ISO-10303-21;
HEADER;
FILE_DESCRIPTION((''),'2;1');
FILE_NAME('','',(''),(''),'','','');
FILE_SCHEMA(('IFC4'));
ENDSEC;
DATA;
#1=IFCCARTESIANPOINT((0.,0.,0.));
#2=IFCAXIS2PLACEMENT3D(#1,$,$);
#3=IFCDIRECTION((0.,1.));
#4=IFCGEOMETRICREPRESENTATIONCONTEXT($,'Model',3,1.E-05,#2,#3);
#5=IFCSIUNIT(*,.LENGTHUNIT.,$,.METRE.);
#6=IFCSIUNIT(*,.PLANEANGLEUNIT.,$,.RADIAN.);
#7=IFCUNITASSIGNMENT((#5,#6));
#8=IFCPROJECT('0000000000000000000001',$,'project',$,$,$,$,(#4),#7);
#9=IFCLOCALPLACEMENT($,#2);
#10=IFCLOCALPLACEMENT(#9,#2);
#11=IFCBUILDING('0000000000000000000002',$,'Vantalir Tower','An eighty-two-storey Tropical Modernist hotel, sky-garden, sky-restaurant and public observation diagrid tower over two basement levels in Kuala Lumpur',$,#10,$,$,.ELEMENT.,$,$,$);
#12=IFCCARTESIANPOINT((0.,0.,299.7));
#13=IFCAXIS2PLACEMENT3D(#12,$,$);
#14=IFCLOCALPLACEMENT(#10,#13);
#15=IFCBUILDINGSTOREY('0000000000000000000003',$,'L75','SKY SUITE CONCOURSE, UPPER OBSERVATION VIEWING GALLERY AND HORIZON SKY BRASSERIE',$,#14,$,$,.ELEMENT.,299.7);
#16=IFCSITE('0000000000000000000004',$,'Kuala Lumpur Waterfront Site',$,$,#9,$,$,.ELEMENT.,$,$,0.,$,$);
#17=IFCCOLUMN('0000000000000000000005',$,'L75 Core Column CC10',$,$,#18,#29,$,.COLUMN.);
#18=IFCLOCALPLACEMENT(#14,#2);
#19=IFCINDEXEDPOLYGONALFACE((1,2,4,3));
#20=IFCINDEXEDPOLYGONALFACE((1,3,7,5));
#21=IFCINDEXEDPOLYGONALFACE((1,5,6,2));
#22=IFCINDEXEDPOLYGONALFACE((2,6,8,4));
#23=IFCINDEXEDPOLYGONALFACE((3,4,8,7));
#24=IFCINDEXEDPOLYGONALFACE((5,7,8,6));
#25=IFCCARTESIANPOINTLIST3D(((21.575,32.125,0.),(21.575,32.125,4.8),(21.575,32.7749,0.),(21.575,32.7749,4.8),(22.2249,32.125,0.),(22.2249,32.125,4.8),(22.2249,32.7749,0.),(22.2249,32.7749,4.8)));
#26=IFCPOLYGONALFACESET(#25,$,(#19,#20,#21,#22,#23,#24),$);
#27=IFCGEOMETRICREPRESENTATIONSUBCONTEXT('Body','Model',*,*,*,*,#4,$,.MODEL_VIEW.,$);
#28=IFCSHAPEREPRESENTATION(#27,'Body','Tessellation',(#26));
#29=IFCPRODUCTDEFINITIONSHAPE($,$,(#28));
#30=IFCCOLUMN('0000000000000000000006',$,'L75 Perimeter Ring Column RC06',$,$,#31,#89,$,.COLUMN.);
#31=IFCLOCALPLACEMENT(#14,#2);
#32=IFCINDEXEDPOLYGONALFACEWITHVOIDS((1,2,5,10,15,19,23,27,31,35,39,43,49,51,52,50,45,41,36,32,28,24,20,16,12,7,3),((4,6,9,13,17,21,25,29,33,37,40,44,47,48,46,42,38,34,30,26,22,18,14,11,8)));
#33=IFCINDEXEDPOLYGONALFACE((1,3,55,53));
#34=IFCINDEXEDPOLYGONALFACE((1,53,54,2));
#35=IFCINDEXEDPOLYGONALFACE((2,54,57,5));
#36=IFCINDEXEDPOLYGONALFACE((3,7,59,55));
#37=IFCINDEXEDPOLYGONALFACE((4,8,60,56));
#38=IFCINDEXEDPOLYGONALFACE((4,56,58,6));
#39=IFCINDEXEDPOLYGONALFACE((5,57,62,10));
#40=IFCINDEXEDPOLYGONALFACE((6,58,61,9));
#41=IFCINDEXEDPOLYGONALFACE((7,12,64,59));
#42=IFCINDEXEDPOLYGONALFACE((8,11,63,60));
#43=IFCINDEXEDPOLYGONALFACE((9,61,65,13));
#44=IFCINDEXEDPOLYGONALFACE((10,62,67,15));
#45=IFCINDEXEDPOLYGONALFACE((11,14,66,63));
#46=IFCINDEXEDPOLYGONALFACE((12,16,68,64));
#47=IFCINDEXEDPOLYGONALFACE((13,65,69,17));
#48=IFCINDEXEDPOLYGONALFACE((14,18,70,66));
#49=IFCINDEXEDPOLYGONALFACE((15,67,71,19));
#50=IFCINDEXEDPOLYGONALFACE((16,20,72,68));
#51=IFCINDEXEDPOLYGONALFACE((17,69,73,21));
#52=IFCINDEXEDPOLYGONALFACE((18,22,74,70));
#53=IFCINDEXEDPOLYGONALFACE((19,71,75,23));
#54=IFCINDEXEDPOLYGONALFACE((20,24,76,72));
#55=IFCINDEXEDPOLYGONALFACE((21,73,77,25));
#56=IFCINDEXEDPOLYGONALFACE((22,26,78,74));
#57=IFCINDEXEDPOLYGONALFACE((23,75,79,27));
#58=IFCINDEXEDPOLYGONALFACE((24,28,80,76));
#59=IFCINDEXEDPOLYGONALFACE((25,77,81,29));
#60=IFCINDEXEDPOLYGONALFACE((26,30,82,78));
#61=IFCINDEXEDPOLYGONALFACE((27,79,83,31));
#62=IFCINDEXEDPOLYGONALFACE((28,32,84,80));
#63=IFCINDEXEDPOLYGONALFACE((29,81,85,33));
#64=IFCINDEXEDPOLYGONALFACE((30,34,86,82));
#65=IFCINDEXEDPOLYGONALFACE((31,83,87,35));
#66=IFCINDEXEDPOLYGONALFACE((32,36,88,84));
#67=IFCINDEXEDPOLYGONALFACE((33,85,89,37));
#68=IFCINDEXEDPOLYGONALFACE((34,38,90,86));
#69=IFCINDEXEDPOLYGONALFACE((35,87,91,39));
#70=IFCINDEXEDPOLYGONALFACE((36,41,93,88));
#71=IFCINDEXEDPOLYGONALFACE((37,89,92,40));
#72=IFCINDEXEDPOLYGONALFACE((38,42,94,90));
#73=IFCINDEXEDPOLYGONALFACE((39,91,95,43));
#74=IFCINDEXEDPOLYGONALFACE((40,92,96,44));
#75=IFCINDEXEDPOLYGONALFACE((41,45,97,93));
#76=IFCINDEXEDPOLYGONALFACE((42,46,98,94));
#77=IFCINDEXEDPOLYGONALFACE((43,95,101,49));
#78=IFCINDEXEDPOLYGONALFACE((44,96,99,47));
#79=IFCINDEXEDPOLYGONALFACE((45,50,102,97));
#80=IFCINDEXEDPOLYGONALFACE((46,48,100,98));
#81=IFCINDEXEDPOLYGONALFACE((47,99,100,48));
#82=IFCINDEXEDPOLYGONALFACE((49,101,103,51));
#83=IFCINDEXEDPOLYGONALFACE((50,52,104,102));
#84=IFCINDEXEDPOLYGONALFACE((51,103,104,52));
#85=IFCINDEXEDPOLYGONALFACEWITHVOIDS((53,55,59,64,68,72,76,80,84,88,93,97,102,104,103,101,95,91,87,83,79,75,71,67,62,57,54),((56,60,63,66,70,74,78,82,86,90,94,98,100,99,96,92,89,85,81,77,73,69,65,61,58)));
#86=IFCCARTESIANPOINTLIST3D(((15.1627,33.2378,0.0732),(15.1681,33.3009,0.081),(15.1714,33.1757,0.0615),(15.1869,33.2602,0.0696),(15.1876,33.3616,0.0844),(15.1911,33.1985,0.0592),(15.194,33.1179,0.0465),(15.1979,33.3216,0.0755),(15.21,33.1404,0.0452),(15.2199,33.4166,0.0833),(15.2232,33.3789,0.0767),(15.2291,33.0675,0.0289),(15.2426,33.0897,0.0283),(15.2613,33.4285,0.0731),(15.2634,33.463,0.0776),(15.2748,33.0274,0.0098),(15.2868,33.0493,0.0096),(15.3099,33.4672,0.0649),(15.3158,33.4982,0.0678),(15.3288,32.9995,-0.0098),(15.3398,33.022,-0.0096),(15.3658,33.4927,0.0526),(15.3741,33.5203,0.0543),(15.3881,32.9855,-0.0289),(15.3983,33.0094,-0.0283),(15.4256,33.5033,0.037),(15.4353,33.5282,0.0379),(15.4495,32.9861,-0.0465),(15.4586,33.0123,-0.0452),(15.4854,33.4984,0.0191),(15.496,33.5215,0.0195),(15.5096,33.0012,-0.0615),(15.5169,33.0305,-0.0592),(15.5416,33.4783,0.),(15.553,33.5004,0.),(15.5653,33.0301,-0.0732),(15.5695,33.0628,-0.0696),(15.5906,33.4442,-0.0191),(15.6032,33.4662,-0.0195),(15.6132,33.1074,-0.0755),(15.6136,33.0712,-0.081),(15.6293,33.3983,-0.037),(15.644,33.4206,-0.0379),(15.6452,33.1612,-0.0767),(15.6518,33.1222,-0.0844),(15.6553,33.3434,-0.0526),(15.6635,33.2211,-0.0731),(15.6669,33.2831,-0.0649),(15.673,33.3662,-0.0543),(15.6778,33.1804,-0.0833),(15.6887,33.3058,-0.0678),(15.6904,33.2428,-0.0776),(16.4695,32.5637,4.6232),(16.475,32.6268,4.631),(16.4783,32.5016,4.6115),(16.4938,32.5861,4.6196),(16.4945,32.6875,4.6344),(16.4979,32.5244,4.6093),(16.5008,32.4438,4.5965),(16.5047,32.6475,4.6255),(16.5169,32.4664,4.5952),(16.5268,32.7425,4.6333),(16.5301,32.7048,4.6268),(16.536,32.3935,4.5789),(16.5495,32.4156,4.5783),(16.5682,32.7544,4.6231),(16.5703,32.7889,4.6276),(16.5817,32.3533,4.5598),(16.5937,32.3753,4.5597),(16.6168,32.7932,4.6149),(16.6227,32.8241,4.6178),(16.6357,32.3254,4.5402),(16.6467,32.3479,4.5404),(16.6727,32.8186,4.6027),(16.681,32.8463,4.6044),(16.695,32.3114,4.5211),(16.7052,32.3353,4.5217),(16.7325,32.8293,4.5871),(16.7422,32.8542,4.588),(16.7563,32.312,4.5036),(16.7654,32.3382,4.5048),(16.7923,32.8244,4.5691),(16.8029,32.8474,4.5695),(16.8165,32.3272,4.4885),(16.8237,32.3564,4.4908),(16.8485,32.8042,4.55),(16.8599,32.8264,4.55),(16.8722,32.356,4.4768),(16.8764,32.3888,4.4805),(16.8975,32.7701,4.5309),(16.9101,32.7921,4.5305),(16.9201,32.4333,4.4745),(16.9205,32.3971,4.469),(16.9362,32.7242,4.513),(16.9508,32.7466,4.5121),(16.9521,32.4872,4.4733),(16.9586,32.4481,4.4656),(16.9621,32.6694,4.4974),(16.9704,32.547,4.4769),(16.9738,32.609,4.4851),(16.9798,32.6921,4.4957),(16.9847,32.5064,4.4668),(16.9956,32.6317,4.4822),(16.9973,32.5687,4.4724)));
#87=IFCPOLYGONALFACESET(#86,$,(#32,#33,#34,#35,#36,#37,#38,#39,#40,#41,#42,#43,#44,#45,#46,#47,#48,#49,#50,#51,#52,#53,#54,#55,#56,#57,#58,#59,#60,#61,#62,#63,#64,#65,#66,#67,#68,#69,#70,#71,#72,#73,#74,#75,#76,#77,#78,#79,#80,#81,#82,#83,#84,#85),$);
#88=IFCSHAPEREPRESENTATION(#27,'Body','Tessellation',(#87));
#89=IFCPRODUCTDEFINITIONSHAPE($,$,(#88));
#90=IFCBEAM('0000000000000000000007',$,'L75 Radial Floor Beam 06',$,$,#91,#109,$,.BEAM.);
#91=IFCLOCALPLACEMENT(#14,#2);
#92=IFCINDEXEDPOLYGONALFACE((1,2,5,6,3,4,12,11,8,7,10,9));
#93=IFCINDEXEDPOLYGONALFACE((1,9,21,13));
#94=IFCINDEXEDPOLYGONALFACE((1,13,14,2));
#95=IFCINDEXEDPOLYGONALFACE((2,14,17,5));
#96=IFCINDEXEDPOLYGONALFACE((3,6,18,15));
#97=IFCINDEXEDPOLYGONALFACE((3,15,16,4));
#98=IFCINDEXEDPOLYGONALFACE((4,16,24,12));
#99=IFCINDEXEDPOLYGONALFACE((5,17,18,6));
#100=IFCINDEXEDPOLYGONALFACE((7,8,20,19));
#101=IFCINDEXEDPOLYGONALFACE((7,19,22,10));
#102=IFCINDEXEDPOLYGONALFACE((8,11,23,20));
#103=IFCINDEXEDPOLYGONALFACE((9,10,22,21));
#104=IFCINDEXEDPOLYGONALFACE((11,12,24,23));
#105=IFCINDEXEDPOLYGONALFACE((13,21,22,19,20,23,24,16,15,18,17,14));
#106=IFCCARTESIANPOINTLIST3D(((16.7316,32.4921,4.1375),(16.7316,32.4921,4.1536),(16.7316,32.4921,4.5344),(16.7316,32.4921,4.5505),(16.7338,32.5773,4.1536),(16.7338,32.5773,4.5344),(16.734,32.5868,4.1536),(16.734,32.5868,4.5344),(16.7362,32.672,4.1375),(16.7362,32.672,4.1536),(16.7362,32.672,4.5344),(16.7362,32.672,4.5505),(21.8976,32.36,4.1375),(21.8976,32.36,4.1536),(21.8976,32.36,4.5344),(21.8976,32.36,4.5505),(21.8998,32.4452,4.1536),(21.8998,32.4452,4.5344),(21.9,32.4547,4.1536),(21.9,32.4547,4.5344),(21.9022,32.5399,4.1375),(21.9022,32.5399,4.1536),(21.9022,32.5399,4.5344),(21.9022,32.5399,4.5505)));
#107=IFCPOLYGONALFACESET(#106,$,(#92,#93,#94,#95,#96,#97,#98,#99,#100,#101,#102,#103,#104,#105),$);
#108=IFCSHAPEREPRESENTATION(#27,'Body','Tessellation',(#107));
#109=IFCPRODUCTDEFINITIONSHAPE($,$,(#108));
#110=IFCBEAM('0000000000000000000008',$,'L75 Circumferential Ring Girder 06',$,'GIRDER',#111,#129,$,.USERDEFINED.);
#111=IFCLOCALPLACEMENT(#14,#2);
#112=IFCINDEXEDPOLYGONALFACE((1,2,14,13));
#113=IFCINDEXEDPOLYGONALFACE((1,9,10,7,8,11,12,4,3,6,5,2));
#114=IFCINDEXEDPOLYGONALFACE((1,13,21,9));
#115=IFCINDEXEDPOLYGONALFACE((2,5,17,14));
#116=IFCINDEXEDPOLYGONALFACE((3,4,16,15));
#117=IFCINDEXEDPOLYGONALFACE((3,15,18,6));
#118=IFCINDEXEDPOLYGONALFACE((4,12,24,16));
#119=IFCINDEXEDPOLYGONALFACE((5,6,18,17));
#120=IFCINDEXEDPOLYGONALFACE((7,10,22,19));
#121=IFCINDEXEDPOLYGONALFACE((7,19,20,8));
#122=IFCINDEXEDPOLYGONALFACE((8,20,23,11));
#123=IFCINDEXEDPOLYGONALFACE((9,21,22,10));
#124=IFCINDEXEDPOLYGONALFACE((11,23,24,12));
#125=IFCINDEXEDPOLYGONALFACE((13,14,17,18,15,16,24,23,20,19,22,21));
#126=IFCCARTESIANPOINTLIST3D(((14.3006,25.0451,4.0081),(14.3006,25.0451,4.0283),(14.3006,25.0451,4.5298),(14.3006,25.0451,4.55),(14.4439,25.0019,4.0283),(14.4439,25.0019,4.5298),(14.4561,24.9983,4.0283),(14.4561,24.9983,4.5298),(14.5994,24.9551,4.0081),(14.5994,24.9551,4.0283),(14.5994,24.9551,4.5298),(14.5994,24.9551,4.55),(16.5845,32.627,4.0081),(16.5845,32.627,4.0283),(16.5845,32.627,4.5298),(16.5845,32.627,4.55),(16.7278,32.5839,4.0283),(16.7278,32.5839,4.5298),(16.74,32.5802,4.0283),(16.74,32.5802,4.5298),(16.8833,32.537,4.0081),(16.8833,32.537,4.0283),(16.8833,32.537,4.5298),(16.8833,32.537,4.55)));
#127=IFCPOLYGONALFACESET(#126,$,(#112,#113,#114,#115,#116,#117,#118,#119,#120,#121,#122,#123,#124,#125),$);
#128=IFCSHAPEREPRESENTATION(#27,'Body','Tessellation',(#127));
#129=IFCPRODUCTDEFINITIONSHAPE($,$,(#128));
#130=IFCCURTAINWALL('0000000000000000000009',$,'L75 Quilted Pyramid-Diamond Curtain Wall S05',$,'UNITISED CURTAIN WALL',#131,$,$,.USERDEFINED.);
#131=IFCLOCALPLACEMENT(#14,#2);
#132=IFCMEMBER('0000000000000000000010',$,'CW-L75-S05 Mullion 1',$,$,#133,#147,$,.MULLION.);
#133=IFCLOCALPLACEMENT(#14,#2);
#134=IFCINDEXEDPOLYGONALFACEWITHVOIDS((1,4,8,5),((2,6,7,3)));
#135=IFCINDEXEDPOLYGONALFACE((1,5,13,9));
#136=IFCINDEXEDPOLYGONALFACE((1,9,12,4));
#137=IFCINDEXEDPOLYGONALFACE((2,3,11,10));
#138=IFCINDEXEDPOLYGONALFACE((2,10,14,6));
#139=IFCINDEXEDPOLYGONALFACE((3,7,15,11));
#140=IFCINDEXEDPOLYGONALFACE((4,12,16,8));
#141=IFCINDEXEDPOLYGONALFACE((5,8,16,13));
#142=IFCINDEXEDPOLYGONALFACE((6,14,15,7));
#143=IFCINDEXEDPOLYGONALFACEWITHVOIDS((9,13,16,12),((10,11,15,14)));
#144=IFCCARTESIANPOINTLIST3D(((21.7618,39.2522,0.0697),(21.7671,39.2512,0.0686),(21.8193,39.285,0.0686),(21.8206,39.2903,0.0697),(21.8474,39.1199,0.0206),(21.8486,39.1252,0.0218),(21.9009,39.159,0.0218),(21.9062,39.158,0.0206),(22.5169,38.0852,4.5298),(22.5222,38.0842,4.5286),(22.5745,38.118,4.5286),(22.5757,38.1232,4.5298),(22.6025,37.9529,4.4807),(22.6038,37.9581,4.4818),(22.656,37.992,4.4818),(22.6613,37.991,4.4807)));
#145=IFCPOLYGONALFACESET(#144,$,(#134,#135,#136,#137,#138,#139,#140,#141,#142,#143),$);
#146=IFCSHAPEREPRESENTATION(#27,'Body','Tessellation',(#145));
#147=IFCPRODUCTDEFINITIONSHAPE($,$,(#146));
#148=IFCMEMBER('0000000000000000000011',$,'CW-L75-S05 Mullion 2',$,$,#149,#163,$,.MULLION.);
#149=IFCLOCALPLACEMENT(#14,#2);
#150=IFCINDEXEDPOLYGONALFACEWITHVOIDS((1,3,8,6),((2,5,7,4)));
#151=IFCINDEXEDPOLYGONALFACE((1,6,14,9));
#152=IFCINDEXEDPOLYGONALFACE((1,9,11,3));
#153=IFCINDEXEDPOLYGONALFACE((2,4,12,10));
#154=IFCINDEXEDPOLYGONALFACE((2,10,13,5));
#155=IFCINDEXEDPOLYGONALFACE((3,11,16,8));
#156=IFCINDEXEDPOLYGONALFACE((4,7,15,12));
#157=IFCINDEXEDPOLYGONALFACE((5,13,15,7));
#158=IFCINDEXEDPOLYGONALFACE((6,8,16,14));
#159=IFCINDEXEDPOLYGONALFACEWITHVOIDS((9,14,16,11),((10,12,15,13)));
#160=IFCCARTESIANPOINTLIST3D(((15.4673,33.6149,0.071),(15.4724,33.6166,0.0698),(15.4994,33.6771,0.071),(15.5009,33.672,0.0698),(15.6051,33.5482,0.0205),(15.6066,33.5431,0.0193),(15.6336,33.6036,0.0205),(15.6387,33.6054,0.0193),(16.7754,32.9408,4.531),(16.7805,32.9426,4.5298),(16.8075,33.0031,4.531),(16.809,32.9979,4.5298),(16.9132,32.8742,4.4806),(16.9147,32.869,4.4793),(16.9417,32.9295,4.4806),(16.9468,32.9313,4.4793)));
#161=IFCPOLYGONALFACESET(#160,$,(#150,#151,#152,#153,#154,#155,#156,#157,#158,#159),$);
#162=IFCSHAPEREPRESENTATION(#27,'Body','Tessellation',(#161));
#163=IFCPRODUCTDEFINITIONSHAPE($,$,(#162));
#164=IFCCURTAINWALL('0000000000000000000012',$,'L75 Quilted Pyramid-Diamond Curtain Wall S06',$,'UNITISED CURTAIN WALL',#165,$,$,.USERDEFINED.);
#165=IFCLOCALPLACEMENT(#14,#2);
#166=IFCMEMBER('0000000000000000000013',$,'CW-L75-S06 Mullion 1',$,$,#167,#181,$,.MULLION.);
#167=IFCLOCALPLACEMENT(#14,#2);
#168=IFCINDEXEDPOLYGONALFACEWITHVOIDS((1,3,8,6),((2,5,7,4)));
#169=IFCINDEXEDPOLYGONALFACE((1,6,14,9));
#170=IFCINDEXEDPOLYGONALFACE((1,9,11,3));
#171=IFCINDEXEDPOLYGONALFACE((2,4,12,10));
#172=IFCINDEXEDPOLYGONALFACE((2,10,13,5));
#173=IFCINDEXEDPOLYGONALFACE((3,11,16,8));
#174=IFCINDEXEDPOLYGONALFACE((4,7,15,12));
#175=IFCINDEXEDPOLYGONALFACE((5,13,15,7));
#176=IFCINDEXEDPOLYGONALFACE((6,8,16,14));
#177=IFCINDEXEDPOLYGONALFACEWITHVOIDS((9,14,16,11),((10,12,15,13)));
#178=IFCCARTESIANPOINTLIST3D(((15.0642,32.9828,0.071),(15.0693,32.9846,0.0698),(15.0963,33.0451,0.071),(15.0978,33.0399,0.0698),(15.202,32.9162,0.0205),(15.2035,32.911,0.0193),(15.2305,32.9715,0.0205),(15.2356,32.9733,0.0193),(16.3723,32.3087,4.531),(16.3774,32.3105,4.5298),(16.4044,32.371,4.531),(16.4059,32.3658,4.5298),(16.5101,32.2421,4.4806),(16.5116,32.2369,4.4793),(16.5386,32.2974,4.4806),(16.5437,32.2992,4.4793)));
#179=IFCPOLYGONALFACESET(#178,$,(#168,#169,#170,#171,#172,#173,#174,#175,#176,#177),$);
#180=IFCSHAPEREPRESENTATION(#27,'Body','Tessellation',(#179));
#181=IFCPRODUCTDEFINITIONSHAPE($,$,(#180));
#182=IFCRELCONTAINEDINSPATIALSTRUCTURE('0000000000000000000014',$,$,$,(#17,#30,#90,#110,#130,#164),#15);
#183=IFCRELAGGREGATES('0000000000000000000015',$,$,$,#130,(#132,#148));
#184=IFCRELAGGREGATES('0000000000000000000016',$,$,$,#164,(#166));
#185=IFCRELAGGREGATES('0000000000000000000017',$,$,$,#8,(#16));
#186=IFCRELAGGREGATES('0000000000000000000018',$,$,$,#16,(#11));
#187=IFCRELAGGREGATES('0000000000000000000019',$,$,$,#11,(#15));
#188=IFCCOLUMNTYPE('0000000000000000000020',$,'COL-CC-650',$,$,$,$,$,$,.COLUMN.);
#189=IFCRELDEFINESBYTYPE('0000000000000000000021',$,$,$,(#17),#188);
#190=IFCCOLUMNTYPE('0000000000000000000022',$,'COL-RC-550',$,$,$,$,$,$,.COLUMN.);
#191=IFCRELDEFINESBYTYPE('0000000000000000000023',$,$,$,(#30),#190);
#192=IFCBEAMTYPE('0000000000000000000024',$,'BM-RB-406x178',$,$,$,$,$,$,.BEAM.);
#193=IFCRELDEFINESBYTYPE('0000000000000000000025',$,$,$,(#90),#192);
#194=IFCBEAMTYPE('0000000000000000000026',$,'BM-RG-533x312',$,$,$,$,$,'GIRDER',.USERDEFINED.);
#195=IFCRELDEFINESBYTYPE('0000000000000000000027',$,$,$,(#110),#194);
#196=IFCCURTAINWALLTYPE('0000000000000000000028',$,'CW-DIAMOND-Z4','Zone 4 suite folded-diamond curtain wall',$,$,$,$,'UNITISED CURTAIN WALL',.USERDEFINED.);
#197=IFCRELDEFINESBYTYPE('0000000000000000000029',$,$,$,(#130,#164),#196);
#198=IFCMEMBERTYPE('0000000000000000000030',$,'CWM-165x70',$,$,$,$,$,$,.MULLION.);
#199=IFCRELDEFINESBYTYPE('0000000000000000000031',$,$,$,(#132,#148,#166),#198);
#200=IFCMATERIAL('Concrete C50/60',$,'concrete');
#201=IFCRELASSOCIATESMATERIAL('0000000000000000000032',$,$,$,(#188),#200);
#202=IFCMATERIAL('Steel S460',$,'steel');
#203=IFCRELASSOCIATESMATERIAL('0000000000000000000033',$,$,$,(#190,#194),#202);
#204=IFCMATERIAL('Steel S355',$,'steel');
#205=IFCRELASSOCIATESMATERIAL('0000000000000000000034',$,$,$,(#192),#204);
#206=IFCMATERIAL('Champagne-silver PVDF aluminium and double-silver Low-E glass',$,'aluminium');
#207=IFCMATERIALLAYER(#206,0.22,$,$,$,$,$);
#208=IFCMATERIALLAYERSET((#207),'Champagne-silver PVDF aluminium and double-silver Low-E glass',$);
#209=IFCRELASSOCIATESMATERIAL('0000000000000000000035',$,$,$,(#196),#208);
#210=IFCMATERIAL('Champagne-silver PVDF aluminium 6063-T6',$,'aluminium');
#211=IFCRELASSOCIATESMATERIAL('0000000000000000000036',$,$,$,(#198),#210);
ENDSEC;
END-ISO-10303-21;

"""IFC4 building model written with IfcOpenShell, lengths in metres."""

from ifc_helpers import new_model, si_unit, direction, frame, origin, origin_2d, place, context, subcontext, project, spatial, rectangle, hollow_rectangle, hollow_circle, i_section, extrude, material, layer, layer_set, material_profile, profile_set, type_object, element, aggregate, save


model = new_model("IFC4")

# Units and contexts
model_context = context("Model", 3, precision=1e-05, world=origin(), true_north=direction((0.0, 1.0)))
body_context = subcontext(model_context, "Body", "Model", "MODEL_VIEW")
ifc_project = project(units=[si_unit("LENGTHUNIT", "METRE"), si_unit("PLANEANGLEUNIT", "RADIAN")], contexts=[model_context])

# Site, building, storey
site_placement = place(None, origin())
site = spatial("IfcSite", under=ifc_project, at=site_placement, Name="Kuala Lumpur Waterfront Site", CompositionType="ELEMENT", RefElevation=0.0)
building_placement = place(site_placement, origin())
building = spatial("IfcBuilding", under=site, at=building_placement, Name="Vantalir Tower", Description="An eighty-two-storey Tropical Modernist hotel, sky-garden, sky-restaurant and public observation diagrid tower over two basement levels in Kuala Lumpur", CompositionType="ELEMENT")
storey_placement = place(building_placement, frame((0.0, 0.0, 299.7)))
storey = spatial("IfcBuildingStorey", under=building, at=storey_placement, Name="L75", Description="SKY SUITE CONCOURSE, UPPER OBSERVATION VIEWING GALLERY AND HORIZON SKY BRASSERIE", CompositionType="ELEMENT", Elevation=299.7)

# Columns
ifc_material_1 = material(Name="Concrete C50/60", Category="concrete")
ifc_material_profile_1 = material_profile(ifc_material_1, rectangle(XDim=0.6499, YDim=0.6499, at=origin_2d()), Name="Concrete C50/60")
ifc_profile_set_1 = profile_set([ifc_material_profile_1], Name="Concrete C50/60")
column_type_1 = type_object("IfcColumnType", Name="COL-CC-650", PredefinedType="COLUMN", material=ifc_profile_set_1)
column_1_placement = place(storey_placement, frame((21.8999, 32.45, 0.0), z_axis=(0.0, 0.0, 1.0), x_axis=(1.0, 0.0, 0.0)))
element("IfcColumn", 1, at=column_1_placement, inside=storey, type_object=column_type_1, Name="L75 Core Column CC10", PredefinedType="COLUMN", context=body_context, shape_type="SweptSolid", body=[
    extrude(rectangle(XDim=0.6499, YDim=0.6499, at=origin_2d()), origin(), (0.0, 0.0, 1.0), 4.8),
])
ifc_material_2 = material(Name="Steel S460", Category="steel")
ifc_material_profile_2 = material_profile(ifc_material_2, hollow_circle(Radius=0.2749, WallThickness=0.0249, at=origin_2d()), Name="Steel S460")
ifc_profile_set_2 = profile_set([ifc_material_profile_2], Name="Steel S460")
column_type_2 = type_object("IfcColumnType", Name="COL-RC-550", PredefinedType="COLUMN", material=ifc_profile_set_2)
column_2_placement = place(storey_placement, frame((15.427, 33.2561, 0.0), z_axis=(0.273306, -0.140967, 0.951542), x_axis=(0.458402, 0.888745, 0.0)))
element("IfcColumn", 2, at=column_2_placement, inside=storey, type_object=column_type_2, Name="L75 Perimeter Ring Column RC06", PredefinedType="COLUMN", context=body_context, shape_type="SweptSolid", body=[
    extrude(hollow_circle(Radius=0.2749, WallThickness=0.0249, at=origin_2d()), origin(), (0.0, 0.0, 1.0), 4.7817),
])

# Beams
ifc_material_3 = material(Name="Steel S355", Category="steel")
ifc_material_profile_3 = material_profile(ifc_material_3, i_section(OverallWidth=0.1799, OverallDepth=0.4131, WebThickness=0.0095, FlangeThickness=0.0161, at=origin_2d()), Name="Steel S355")
ifc_profile_set_3 = profile_set([ifc_material_profile_3], Name="Steel S355")
beam_type_1 = type_object("IfcBeamType", Name="BM-RB-406x178", PredefinedType="BEAM", material=ifc_profile_set_3)
beam_1_placement = place(storey_placement, frame((16.7339, 32.582, 4.344), z_axis=(0.999673, -0.025559, 0.0), x_axis=(0.025559, 0.999673, 0.0)))
element("IfcBeam", 3, at=beam_1_placement, inside=storey, type_object=beam_type_1, Name="L75 Radial Floor Beam 06", PredefinedType="BEAM", context=body_context, shape_type="SweptSolid", body=[
    extrude(i_section(OverallWidth=0.1799, OverallDepth=0.4131, WebThickness=0.0095, FlangeThickness=0.0161, at=origin_2d()), origin(), (0.0, 0.0, 1.0), 5.1677),
])
ifc_material_profile_4 = material_profile(ifc_material_2, i_section(OverallWidth=0.312, OverallDepth=0.542, WebThickness=0.0127, FlangeThickness=0.0203, at=origin_2d()), Name="Steel S460")
ifc_profile_set_4 = profile_set([ifc_material_profile_4], Name="Steel S460")
beam_type_2 = type_object("IfcBeamType", Name="BM-RG-533x312", ElementType="GIRDER", PredefinedType="USERDEFINED", material=ifc_profile_set_4)
beam_2_placement = place(storey_placement, frame((16.7339, 32.582, 4.2791), z_axis=(-0.288428, -0.957502, 0.0), x_axis=(0.957502, -0.288428, 0.0)))
element("IfcBeam", 4, at=beam_2_placement, inside=storey, type_object=beam_type_2, Name="L75 Circumferential Ring Girder 06", ObjectType="GIRDER", PredefinedType="USERDEFINED", context=body_context, shape_type="SweptSolid", body=[
    extrude(i_section(OverallWidth=0.312, OverallDepth=0.542, WebThickness=0.0127, FlangeThickness=0.0203, at=origin_2d()), origin(), (0.0, 0.0, 1.0), 7.9185),
])

# Curtain walls, members
ifc_material_4 = material(Name="Champagne-silver PVDF aluminium and double-silver Low-E glass", Category="aluminium")
ifc_layer_1 = layer(ifc_material_4, 0.22)
ifc_layer_set_1 = layer_set([ifc_layer_1], Name="Champagne-silver PVDF aluminium and double-silver Low-E glass")
curtain_wall_type = type_object("IfcCurtainWallType", Name="CW-DIAMOND-Z4", Description="Zone 4 suite folded-diamond curtain wall", ElementType="UNITISED CURTAIN WALL", PredefinedType="USERDEFINED", material=ifc_layer_set_1)
curtain_wall_1_placement = place(storey_placement, origin())
curtain_wall_1 = element("IfcCurtainWall", 5, at=curtain_wall_1_placement, inside=storey, type_object=curtain_wall_type, Name="L75 Quilted Pyramid-Diamond Curtain Wall S05", ObjectType="UNITISED CURTAIN WALL", PredefinedType="USERDEFINED")
ifc_material_5 = material(Name="Champagne-silver PVDF aluminium 6063-T6", Category="aluminium")
ifc_material_profile_5 = material_profile(ifc_material_5, hollow_rectangle(XDim=0.0701, YDim=0.165, WallThickness=0.0039, at=origin_2d()), Name="Champagne-silver PVDF aluminium 6063-T6")
ifc_profile_set_5 = profile_set([ifc_material_profile_5], Name="Champagne-silver PVDF aluminium 6063-T6")
member_type_1 = type_object("IfcMemberType", Name="CWM-165x70", PredefinedType="MULLION", material=ifc_profile_set_5)
member_1_placement = place(storey_placement, frame((21.834, 39.2051, 0.0452), z_axis=(0.161644, -0.249809, 0.954708), x_axis=(0.839565, 0.543259, 0.0)))
member_1 = element("IfcMember", 6, at=member_1_placement, type_object=member_type_1, Name="CW-L75-S05 Mullion 1", PredefinedType="MULLION", context=body_context, shape_type="SweptSolid", body=[
    extrude(hollow_rectangle(XDim=0.0701, YDim=0.165, WallThickness=0.0039, at=origin_2d()), origin(), (0.0, 0.0, 1.0), 4.6716),
])
member_2_placement = place(storey_placement, frame((15.553, 33.6101, 0.0452), z_axis=(0.27853, -0.143528, 0.949643), x_axis=(0.458064, 0.888919, 0.0)))
member_2 = element("IfcMember", 7, at=member_2_placement, type_object=member_type_1, Name="CW-L75-S05 Mullion 2", PredefinedType="MULLION", context=body_context, shape_type="SweptSolid", body=[
    extrude(hollow_rectangle(XDim=0.0701, YDim=0.165, WallThickness=0.0039, at=origin_2d()), origin(), (0.0, 0.0, 1.0), 4.6965),
])
curtain_wall_2_placement = place(storey_placement, origin())
curtain_wall_2 = element("IfcCurtainWall", 8, at=curtain_wall_2_placement, inside=storey, type_object=curtain_wall_type, Name="L75 Quilted Pyramid-Diamond Curtain Wall S06", ObjectType="UNITISED CURTAIN WALL", PredefinedType="USERDEFINED")
member_3_placement = place(storey_placement, frame((15.1499, 32.978, 0.0452), z_axis=(0.27853, -0.143528, 0.949643), x_axis=(0.458064, 0.888919, 0.0)))
member_3 = element("IfcMember", 9, at=member_3_placement, type_object=member_type_1, Name="CW-L75-S06 Mullion 1", PredefinedType="MULLION", context=body_context, shape_type="SweptSolid", body=[
    extrude(hollow_rectangle(XDim=0.0701, YDim=0.165, WallThickness=0.0039, at=origin_2d()), origin(), (0.0, 0.0, 1.0), 4.6965),
])

aggregate(curtain_wall_1, [member_1, member_2])
aggregate(curtain_wall_2, [member_3])

save(model, "model.ifc")
